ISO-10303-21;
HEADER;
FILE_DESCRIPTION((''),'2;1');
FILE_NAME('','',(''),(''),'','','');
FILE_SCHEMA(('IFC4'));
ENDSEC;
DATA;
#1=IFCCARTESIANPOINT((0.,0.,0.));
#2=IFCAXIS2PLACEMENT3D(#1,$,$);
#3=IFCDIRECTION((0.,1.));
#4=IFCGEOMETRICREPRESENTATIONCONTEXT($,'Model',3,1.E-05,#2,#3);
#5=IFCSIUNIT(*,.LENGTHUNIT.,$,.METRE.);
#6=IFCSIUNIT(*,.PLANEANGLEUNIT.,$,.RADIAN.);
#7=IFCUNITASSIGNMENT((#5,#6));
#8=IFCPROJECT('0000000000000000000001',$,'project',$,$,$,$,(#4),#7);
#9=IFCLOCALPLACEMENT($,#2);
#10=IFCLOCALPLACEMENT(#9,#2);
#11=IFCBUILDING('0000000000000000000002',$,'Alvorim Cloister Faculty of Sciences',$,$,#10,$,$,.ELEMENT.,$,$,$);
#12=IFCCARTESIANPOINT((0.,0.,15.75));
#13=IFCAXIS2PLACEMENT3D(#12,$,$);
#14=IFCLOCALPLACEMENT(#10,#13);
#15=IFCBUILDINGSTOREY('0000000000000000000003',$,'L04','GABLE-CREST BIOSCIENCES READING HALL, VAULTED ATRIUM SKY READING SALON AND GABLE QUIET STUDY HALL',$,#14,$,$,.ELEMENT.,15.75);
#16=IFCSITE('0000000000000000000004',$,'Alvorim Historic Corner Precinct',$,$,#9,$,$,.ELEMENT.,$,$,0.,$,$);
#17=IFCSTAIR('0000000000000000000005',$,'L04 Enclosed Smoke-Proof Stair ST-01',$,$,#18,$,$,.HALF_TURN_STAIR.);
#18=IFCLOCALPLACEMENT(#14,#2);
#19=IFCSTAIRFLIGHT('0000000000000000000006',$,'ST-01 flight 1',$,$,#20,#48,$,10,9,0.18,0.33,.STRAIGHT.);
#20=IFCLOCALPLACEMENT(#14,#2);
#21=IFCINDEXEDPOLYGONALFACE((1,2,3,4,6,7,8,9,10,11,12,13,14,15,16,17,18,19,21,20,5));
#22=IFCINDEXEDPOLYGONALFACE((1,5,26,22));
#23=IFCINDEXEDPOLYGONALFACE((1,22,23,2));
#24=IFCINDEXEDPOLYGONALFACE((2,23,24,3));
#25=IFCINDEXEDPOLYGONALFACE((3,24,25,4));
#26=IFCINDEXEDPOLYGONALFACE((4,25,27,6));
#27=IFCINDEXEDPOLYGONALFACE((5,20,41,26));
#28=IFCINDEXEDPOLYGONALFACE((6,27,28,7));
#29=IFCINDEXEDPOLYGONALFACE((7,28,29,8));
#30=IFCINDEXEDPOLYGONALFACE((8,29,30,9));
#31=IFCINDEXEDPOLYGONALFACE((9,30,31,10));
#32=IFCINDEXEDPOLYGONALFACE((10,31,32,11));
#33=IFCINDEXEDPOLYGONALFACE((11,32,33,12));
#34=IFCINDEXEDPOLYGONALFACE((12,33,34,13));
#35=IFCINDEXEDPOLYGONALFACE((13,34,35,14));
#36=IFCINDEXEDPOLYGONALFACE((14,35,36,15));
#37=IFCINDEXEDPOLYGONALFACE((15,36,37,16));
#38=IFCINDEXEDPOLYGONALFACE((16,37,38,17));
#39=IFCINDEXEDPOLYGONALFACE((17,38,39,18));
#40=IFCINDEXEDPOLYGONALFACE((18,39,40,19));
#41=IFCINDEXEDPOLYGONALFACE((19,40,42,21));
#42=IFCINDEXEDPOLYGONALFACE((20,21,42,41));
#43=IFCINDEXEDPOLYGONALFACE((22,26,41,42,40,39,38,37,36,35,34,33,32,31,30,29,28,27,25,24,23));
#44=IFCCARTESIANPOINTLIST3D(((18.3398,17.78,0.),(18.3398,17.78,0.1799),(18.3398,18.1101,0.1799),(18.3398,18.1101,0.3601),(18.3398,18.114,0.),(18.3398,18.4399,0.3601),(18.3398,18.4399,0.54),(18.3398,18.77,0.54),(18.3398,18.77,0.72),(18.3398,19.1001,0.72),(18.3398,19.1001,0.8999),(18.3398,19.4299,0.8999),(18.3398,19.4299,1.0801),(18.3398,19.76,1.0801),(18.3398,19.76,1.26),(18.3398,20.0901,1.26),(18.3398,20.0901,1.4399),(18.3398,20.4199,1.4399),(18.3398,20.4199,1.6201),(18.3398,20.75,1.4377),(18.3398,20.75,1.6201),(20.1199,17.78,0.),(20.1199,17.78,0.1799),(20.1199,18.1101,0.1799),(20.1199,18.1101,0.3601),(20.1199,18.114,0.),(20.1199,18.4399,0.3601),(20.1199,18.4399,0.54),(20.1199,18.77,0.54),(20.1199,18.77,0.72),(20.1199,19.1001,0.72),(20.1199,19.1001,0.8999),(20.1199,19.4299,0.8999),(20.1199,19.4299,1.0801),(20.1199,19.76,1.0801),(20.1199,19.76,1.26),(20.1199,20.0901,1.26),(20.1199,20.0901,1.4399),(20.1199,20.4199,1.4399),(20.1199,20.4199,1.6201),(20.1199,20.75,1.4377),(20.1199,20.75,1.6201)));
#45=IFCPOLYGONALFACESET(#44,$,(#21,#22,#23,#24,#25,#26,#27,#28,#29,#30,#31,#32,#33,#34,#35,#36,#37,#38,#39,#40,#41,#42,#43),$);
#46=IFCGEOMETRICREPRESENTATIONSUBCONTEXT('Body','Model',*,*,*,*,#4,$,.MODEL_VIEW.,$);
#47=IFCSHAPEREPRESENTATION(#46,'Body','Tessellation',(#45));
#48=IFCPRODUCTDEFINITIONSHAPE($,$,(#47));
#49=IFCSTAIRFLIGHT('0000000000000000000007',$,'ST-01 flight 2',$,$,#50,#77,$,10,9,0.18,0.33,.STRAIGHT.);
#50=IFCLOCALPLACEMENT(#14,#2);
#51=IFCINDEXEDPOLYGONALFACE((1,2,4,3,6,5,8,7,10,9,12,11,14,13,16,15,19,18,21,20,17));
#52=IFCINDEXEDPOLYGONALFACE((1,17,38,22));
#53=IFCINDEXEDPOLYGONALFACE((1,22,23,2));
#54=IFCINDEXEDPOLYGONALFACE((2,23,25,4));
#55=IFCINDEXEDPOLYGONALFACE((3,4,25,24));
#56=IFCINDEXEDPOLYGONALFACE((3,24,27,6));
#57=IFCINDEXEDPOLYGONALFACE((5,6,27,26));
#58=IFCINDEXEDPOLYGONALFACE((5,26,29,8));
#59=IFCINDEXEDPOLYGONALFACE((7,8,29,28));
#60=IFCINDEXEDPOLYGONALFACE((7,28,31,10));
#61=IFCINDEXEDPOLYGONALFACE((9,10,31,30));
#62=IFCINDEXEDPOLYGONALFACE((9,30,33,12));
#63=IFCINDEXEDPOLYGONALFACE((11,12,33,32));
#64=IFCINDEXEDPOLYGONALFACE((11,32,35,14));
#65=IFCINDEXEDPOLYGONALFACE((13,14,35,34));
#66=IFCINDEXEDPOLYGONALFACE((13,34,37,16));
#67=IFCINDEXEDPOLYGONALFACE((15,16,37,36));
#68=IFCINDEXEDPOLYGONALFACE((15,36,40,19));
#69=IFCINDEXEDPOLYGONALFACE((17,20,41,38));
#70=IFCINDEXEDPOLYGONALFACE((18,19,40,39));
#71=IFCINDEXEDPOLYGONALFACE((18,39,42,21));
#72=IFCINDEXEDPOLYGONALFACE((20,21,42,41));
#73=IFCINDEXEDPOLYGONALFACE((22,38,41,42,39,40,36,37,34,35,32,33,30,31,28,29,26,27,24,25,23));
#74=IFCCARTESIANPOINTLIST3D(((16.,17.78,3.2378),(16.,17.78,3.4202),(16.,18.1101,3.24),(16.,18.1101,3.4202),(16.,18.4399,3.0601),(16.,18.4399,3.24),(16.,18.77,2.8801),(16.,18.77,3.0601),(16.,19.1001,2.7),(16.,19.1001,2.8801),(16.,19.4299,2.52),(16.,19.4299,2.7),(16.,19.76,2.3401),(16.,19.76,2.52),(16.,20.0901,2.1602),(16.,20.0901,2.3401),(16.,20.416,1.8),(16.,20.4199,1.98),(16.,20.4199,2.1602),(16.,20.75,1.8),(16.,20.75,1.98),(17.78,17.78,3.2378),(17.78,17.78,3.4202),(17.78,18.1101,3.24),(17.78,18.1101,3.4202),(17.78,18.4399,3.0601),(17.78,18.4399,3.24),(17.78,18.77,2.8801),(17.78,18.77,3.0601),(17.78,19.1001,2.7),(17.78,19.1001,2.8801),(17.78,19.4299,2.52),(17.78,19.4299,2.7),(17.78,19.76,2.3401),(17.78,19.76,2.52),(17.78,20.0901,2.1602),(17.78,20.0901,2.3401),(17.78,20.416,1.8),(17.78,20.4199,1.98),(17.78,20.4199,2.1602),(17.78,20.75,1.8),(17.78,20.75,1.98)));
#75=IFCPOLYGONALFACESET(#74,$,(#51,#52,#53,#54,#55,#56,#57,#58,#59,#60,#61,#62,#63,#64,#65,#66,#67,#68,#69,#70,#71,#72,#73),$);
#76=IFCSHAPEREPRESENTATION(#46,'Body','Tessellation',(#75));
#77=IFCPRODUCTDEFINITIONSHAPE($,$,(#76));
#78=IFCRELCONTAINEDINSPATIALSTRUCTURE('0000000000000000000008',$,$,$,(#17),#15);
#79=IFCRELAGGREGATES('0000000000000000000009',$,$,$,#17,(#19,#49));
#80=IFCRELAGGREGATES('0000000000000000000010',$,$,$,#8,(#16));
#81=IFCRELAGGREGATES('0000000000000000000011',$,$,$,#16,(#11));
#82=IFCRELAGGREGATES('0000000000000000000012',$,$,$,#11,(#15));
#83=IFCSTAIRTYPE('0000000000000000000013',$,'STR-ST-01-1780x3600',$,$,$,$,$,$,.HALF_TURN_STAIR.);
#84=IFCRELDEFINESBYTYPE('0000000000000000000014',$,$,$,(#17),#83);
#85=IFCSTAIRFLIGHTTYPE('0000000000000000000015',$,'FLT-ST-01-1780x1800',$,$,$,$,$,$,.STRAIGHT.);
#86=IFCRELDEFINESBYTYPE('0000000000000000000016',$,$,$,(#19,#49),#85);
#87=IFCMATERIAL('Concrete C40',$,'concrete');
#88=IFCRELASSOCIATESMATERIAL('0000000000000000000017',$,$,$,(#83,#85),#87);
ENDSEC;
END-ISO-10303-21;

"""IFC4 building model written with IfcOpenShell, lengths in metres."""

from ifc_helpers import new_model, si_unit, direction, frame, origin, place, context, subcontext, project, spatial, polyline, outline, extrude, material, type_object, element, aggregate, save


model = new_model("IFC4")

# Units and contexts
model_context = context("Model", 3, precision=1e-05, world=origin(), true_north=direction((0.0, 1.0)))
body_context = subcontext(model_context, "Body", "Model", "MODEL_VIEW")
ifc_project = project(units=[si_unit("LENGTHUNIT", "METRE"), si_unit("PLANEANGLEUNIT", "RADIAN")], contexts=[model_context])

# Site, building, storey
site_placement = place(None, origin())
site = spatial("IfcSite", under=ifc_project, at=site_placement, Name="Alvorim Historic Corner Precinct", CompositionType="ELEMENT", RefElevation=0.0)
building_placement = place(site_placement, origin())
building = spatial("IfcBuilding", under=site, at=building_placement, Name="Alvorim Cloister Faculty of Sciences", CompositionType="ELEMENT")
storey_placement = place(building_placement, frame((0.0, 0.0, 15.75)))
storey = spatial("IfcBuildingStorey", under=building, at=storey_placement, Name="L04", Description="GABLE-CREST BIOSCIENCES READING HALL, VAULTED ATRIUM SKY READING SALON AND GABLE QUIET STUDY HALL", CompositionType="ELEMENT", Elevation=15.75)

# Shared definitions
ifc_material_1 = material(Name="Concrete C40", Category="concrete")

# Stair, stair flights
stair_type = type_object("IfcStairType", Name="STR-ST-01-1780x3600", PredefinedType="HALF_TURN_STAIR", material=ifc_material_1)
stair_placement = place(storey_placement, origin())
stair = element("IfcStair", 1, at=stair_placement, inside=storey, type_object=stair_type, Name="L04 Enclosed Smoke-Proof Stair ST-01", PredefinedType="HALF_TURN_STAIR")
stair_flight_type = type_object("IfcStairFlightType", Name="FLT-ST-01-1780x1800", PredefinedType="STRAIGHT", material=ifc_material_1)
stair_flight_1_placement = place(storey_placement, frame((19.23, 17.78, 0.0), z_axis=(0.0, 0.0, 1.0), x_axis=(0.0, 1.0, 0.0)))
stair_flight_1 = element("IfcStairFlight", 2, at=stair_flight_1_placement, type_object=stair_flight_type, Name="ST-01 flight 1", NumberOfRisers=10, NumberOfTreads=9, PredefinedType="STRAIGHT", RiserHeight=0.18, TreadLength=0.33, context=body_context, shape_type="SweptSolid", body=[
    extrude(outline(polyline([(0.334, 0.0), (2.97, 1.4377), (2.97, 1.8), (2.97, 1.6201), (2.6399, 1.6201), (2.6399, 1.4399), (2.3101, 1.4399), (2.3101, 1.26), (1.98, 1.26), (1.98, 1.0801), (1.6499, 1.0801), (1.6499, 0.8999), (1.3201, 0.8999), (1.3201, 0.72), (0.99, 0.72), (0.99, 0.54), (0.6599, 0.54), (0.6599, 0.3601), (0.3301, 0.3601), (0.3301, 0.1799), (0.0, 0.1799), (0.0, 0.0), (0.334, 0.0)])), frame((0.0, 0.8901, 0.0), z_axis=(0.0, -1.0, 0.0), x_axis=(1.0, 0.0, 0.0)), (0.0, 0.0, 1.0), 1.78),
])
stair_flight_2_placement = place(storey_placement, frame((16.8899, 20.75, 1.8), z_axis=(0.0, 0.0, 1.0), x_axis=(0.0, -1.0, 0.0)))
stair_flight_2 = element("IfcStairFlight", 3, at=stair_flight_2_placement, type_object=stair_flight_type, Name="ST-01 flight 2", NumberOfRisers=10, NumberOfTreads=9, PredefinedType="STRAIGHT", RiserHeight=0.18, TreadLength=0.33, context=body_context, shape_type="SweptSolid", body=[
    extrude(outline(polyline([(0.334, 0.0), (2.97, 1.4377), (2.97, 1.8), (2.97, 1.6201), (2.6399, 1.6201), (2.6399, 1.4399), (2.3101, 1.4399), (2.3101, 1.26), (1.98, 1.26), (1.98, 1.0801), (1.6499, 1.0801), (1.6499, 0.8999), (1.3201, 0.8999), (1.3201, 0.72), (0.99, 0.72), (0.99, 0.54), (0.6599, 0.54), (0.6599, 0.3601), (0.3301, 0.3601), (0.3301, 0.1799), (0.0, 0.1799), (0.0, 0.0), (0.334, 0.0)])), frame((0.0, 0.8901, 0.0), z_axis=(0.0, -1.0, 0.0), x_axis=(1.0, 0.0, 0.0)), (0.0, 0.0, 1.0), 1.78),
])
aggregate(stair, [stair_flight_1, stair_flight_2])

save(model, "model.ifc")
